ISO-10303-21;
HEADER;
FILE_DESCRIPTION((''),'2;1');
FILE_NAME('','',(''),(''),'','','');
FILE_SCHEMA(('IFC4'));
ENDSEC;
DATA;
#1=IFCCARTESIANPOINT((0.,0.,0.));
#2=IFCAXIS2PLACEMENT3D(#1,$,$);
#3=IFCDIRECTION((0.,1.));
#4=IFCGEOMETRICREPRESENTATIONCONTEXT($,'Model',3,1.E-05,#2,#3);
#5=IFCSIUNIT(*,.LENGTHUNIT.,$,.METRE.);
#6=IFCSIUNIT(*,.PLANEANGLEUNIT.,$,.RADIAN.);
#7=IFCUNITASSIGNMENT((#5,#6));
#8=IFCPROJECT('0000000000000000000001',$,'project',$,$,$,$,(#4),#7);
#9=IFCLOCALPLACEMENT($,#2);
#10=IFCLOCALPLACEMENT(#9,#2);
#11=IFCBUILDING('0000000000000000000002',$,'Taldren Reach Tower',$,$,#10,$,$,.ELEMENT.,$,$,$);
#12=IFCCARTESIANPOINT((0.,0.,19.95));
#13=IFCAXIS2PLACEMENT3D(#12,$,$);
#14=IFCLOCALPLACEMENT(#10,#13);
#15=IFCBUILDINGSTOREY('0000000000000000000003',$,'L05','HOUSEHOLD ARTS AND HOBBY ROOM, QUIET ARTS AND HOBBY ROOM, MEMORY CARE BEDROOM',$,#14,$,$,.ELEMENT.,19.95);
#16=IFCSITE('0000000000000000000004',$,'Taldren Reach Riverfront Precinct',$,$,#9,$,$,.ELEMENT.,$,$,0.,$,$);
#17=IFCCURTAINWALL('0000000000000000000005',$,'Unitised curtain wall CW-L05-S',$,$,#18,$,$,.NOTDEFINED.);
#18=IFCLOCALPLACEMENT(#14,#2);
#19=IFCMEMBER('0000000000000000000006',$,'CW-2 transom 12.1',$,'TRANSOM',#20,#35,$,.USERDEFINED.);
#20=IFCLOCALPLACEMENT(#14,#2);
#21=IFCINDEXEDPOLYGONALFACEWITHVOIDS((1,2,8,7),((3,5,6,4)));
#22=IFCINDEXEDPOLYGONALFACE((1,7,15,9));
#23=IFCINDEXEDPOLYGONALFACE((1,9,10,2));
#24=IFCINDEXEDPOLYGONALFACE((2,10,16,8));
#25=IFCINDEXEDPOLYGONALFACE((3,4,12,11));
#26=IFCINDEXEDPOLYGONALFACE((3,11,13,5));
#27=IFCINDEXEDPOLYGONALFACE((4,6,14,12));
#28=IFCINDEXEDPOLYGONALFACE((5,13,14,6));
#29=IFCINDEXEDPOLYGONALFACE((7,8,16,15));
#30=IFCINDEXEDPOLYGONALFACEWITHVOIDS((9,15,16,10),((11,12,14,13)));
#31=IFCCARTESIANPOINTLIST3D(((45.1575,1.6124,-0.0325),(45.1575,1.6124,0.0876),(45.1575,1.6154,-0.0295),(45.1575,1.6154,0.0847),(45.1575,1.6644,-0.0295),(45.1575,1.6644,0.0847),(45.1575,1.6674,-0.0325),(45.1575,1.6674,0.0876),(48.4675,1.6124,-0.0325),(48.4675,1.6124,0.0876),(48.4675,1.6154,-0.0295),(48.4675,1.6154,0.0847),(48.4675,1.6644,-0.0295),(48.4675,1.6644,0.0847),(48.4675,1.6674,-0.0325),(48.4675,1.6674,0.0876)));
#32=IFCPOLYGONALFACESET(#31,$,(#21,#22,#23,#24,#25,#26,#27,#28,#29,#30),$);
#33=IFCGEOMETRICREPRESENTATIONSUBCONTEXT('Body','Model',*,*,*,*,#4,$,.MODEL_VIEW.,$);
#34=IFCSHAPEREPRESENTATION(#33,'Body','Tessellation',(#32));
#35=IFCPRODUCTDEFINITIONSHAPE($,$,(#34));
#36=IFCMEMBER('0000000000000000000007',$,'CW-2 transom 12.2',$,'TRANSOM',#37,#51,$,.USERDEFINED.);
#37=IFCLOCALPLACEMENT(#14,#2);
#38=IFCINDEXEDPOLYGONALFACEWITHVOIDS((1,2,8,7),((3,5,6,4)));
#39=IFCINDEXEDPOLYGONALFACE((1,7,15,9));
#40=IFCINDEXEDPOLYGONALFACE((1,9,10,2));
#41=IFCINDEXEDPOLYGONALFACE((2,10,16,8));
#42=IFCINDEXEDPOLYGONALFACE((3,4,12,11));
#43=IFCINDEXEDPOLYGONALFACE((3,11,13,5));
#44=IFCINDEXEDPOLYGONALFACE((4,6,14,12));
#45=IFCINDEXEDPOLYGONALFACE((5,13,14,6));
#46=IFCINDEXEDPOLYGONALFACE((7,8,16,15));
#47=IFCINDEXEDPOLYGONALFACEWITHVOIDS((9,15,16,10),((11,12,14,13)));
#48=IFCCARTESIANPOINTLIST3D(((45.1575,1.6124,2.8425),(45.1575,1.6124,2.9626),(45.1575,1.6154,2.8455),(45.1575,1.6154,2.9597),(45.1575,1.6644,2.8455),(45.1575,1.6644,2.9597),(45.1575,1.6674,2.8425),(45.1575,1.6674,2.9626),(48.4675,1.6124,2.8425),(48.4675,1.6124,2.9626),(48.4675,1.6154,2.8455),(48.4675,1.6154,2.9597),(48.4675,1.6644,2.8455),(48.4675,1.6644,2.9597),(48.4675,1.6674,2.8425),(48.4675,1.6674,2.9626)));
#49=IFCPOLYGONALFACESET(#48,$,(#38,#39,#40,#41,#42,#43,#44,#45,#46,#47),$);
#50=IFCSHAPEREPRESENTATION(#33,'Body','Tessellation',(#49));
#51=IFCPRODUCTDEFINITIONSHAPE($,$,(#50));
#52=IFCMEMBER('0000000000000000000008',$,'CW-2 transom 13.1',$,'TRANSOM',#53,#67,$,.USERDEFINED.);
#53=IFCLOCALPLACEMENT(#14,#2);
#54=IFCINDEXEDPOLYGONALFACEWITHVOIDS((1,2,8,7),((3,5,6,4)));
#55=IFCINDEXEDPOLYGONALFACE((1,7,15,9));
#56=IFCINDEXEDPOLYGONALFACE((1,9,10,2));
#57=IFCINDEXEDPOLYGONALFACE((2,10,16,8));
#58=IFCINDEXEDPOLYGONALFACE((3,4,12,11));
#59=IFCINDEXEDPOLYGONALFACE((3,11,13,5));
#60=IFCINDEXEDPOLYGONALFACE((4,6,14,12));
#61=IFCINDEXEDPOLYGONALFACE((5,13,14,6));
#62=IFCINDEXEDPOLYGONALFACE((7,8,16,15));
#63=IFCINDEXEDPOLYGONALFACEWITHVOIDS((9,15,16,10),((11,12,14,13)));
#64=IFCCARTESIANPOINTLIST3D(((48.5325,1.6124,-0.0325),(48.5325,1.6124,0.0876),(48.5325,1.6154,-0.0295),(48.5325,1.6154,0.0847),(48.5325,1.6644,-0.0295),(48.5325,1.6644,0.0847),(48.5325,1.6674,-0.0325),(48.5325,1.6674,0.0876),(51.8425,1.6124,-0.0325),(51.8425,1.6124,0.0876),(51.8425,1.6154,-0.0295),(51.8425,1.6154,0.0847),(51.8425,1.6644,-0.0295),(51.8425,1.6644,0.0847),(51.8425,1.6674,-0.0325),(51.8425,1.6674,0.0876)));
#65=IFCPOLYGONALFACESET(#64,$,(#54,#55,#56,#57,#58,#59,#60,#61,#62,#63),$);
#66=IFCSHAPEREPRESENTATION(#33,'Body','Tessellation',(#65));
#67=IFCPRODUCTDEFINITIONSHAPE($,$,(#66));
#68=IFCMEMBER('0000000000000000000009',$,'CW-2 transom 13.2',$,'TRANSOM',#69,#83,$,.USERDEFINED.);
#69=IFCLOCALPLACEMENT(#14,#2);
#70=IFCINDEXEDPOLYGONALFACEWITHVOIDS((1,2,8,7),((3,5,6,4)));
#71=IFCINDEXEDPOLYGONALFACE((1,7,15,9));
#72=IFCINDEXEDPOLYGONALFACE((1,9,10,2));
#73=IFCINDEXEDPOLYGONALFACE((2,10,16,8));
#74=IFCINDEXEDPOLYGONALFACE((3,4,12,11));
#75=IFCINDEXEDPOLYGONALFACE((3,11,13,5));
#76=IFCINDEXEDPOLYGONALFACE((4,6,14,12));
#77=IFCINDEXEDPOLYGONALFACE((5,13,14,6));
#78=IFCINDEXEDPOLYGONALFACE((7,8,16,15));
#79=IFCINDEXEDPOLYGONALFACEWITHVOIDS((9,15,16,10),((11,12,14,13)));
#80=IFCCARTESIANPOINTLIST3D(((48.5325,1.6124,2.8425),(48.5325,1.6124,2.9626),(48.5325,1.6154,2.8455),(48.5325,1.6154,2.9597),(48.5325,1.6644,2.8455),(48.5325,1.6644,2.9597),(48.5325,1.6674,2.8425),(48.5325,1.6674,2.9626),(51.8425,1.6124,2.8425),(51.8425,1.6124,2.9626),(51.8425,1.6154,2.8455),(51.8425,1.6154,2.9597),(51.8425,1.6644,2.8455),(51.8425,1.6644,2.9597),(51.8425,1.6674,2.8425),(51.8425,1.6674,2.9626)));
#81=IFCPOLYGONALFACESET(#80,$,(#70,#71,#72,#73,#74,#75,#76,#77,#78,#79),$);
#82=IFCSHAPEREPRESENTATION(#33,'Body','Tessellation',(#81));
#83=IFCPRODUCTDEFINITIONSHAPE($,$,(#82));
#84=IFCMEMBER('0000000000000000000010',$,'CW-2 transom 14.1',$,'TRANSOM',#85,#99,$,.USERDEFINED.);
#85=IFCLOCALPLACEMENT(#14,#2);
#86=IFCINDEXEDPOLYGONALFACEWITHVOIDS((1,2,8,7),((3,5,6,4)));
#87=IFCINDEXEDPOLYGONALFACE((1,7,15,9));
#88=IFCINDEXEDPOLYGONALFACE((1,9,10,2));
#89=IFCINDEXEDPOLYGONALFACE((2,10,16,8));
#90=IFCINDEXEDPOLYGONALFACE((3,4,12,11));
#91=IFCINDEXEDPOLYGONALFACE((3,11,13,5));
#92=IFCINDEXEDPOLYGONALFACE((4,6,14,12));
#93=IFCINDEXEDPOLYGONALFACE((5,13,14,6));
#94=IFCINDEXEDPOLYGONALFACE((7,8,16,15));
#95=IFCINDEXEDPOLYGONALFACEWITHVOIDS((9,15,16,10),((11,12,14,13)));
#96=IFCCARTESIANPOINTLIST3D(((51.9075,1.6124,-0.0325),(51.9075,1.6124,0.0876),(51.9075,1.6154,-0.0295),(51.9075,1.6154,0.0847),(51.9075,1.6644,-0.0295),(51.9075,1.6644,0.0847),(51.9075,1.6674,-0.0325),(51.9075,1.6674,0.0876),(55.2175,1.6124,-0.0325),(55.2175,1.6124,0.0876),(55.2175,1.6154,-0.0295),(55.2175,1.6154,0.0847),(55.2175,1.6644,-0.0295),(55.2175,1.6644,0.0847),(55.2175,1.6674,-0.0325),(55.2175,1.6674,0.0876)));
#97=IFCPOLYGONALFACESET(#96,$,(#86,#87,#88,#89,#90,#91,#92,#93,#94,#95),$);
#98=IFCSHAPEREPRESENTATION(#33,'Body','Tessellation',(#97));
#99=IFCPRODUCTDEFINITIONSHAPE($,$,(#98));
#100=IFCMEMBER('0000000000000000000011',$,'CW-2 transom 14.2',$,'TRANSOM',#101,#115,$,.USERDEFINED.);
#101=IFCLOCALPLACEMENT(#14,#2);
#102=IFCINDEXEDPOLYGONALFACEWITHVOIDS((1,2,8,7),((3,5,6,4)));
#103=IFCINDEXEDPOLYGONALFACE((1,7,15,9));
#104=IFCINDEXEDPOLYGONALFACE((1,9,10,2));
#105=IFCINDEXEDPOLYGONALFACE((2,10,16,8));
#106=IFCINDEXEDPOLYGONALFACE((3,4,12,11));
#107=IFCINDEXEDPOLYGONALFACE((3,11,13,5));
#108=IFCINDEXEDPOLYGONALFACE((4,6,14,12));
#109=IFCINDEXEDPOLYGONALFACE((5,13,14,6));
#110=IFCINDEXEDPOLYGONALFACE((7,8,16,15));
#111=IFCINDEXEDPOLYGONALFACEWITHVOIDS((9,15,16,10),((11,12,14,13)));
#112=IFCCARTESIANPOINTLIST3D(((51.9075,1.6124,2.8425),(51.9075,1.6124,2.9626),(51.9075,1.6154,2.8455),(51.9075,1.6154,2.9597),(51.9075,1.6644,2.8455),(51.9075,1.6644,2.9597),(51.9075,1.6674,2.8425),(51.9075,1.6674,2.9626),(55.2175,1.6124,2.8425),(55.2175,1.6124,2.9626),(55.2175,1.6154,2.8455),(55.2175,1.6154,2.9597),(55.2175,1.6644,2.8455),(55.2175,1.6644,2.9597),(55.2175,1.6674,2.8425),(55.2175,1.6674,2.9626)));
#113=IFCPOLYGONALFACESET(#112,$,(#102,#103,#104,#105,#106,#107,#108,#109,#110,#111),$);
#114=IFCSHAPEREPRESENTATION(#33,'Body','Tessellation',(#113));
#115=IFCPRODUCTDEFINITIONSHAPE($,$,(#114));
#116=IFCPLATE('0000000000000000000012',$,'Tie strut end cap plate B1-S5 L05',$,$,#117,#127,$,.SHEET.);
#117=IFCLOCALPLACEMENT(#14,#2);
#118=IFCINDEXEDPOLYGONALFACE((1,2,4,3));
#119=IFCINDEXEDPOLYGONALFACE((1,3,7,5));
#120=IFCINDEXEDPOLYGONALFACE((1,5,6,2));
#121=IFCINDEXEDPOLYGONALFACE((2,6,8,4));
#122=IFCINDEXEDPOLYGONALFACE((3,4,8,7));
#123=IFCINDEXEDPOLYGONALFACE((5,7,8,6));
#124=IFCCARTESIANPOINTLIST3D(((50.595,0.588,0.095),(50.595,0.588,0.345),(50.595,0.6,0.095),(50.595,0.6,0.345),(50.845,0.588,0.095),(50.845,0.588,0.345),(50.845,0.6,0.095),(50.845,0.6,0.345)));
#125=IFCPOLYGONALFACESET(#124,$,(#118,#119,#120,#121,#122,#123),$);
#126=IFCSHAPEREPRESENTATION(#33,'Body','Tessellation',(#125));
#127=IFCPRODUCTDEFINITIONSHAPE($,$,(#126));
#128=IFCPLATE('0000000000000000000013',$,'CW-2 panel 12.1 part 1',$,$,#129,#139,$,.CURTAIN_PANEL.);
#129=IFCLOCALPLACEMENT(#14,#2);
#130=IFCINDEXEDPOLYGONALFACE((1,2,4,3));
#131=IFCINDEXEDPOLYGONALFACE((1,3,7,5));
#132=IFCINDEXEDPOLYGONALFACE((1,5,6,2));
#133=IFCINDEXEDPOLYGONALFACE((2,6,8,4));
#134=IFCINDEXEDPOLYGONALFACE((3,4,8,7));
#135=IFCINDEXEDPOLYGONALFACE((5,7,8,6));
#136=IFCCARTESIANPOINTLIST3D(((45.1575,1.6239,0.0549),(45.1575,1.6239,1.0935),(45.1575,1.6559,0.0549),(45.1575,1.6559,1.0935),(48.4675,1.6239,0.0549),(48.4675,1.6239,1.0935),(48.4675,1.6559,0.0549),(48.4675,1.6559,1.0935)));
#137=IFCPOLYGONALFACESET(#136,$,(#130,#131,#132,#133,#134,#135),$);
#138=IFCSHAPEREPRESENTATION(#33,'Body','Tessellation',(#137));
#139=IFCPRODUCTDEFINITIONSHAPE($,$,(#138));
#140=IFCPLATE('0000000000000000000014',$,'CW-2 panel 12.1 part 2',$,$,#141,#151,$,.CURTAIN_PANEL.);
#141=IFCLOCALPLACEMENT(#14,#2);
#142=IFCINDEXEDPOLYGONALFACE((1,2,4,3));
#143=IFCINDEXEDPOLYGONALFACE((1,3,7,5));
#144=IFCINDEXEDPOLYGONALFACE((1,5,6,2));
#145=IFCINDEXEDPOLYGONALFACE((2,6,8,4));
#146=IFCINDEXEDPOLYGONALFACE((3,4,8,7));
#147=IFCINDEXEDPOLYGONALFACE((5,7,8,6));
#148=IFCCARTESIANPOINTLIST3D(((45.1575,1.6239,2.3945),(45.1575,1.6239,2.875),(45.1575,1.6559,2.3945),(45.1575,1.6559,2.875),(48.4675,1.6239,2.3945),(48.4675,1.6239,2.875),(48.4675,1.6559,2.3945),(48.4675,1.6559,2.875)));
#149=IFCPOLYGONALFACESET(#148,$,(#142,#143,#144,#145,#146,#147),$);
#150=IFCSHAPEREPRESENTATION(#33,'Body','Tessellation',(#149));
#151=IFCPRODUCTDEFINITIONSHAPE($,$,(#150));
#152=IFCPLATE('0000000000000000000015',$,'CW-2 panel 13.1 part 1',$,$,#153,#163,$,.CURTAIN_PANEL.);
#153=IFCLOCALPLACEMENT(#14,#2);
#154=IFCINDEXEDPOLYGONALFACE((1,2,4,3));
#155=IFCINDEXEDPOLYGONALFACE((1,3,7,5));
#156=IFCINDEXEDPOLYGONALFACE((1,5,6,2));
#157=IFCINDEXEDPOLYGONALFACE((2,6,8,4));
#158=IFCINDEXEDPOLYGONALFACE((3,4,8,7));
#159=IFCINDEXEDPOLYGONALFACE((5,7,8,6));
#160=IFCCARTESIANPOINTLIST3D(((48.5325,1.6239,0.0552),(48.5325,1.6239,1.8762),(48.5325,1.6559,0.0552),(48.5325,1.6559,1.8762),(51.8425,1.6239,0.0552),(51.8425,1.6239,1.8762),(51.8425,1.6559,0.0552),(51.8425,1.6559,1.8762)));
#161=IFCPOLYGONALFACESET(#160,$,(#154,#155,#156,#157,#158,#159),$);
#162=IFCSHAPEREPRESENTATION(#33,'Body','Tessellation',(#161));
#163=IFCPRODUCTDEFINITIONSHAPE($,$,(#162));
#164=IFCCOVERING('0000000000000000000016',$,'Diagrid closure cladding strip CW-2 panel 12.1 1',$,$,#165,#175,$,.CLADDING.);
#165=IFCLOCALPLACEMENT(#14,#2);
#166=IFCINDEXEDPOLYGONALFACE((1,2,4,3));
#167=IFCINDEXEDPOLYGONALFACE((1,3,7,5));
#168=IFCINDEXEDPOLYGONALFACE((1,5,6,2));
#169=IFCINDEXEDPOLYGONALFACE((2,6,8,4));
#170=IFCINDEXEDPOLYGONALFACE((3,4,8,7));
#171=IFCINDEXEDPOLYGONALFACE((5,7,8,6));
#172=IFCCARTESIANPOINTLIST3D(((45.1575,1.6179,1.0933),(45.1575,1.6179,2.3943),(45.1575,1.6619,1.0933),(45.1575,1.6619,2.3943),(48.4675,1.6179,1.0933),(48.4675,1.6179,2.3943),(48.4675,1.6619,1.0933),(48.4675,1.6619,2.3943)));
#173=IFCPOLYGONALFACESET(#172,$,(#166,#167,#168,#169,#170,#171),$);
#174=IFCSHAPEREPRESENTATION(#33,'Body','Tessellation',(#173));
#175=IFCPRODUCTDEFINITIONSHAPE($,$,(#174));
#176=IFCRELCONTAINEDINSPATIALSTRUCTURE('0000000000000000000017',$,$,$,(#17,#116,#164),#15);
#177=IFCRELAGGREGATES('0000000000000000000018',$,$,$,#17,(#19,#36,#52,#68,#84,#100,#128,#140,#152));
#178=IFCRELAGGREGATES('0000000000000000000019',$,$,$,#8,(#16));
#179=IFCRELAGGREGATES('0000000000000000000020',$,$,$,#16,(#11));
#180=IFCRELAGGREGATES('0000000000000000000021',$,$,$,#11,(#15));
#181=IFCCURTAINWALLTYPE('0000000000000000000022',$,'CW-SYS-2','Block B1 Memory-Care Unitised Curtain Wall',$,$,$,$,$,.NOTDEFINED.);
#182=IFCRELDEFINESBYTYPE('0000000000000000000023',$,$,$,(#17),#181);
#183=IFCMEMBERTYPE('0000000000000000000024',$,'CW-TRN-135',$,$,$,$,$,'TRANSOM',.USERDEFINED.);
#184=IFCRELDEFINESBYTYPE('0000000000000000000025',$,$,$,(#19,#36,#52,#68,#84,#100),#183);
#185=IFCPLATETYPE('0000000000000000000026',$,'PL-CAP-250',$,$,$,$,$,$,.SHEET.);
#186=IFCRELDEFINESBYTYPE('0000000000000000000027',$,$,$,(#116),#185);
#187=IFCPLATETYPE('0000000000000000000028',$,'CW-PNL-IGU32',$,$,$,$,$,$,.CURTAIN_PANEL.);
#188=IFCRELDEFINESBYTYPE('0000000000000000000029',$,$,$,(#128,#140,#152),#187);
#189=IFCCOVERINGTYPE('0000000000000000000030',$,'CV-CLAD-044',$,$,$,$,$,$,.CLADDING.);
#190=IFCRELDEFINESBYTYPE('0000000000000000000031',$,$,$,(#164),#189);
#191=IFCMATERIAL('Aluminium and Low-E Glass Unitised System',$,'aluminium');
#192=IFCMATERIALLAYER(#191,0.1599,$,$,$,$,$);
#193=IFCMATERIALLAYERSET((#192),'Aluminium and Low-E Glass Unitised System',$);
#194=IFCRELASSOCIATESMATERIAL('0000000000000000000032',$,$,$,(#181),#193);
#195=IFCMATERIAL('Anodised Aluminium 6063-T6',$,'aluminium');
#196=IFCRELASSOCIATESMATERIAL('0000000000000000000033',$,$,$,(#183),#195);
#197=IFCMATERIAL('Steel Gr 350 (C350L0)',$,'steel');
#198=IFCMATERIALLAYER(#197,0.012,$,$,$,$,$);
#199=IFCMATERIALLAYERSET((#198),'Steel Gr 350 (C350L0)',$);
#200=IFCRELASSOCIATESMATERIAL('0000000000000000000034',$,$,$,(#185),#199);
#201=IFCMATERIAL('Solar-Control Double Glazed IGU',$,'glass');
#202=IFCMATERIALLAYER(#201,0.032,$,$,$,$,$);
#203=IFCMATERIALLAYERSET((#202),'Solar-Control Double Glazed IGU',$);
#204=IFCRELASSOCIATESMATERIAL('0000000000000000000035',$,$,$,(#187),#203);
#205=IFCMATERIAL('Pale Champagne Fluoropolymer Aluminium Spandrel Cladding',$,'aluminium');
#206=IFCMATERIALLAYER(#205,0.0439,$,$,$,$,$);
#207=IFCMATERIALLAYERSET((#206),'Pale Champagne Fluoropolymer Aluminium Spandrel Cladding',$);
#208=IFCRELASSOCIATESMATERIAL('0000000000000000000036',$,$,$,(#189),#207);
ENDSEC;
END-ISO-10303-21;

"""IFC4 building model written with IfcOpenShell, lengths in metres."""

from ifc_helpers import new_model, si_unit, direction, frame, origin, origin_2d, place, context, subcontext, project, spatial, rectangle, hollow_rectangle, extrude, source, transform, mapped, material, layer, layer_set, material_profile, profile_set, type_object, element, aggregate, save


model = new_model("IFC4")

# Units and contexts
model_context = context("Model", 3, precision=1e-05, world=origin(), true_north=direction((0.0, 1.0)))
body_context = subcontext(model_context, "Body", "Model", "MODEL_VIEW")
ifc_project = project(units=[si_unit("LENGTHUNIT", "METRE"), si_unit("PLANEANGLEUNIT", "RADIAN")], contexts=[model_context])

# Site, building, storey
site_placement = place(None, origin())
site = spatial("IfcSite", under=ifc_project, at=site_placement, Name="Taldren Reach Riverfront Precinct", CompositionType="ELEMENT", RefElevation=0.0)
building_placement = place(site_placement, origin())
building = spatial("IfcBuilding", under=site, at=building_placement, Name="Taldren Reach Tower", CompositionType="ELEMENT")
storey_placement = place(building_placement, frame((0.0, 0.0, 19.95)))
storey = spatial("IfcBuildingStorey", under=building, at=storey_placement, Name="L05", Description="HOUSEHOLD ARTS AND HOBBY ROOM, QUIET ARTS AND HOBBY ROOM, MEMORY CARE BEDROOM", CompositionType="ELEMENT", Elevation=19.95)

# Shared definitions
ifc_material_1 = material(Name="Steel Gr 350 (C350L0)", Category="steel")

# Curtain wall, members
ifc_material_2 = material(Name="Aluminium and Low-E Glass Unitised System", Category="aluminium")
ifc_layer_1 = layer(ifc_material_2, 0.1599)
ifc_layer_set_1 = layer_set([ifc_layer_1], Name="Aluminium and Low-E Glass Unitised System")
curtain_wall_type = type_object("IfcCurtainWallType", Name="CW-SYS-2", Description="Block B1 Memory-Care Unitised Curtain Wall", PredefinedType="NOTDEFINED", material=ifc_layer_set_1)
curtain_wall_placement = place(storey_placement, origin())
curtain_wall = element("IfcCurtainWall", 1, at=curtain_wall_placement, inside=storey, type_object=curtain_wall_type, Name="Unitised curtain wall CW-L05-S", PredefinedType="NOTDEFINED")
ifc_material_3 = material(Name="Anodised Aluminium 6063-T6", Category="aluminium")
ifc_material_profile_1 = material_profile(ifc_material_3, hollow_rectangle(XDim=0.0549, YDim=0.1201, WallThickness=0.0029, at=origin_2d()), Name="ALU-120x55x3RHS")
ifc_profile_set_1 = profile_set([ifc_material_profile_1], Name="Anodised Aluminium 6063-T6")
member_type_1 = type_object("IfcMemberType", Name="CW-TRN-135", ElementType="TRANSOM", PredefinedType="USERDEFINED", material=ifc_profile_set_1)
shared_shape_1 = source(origin(), body_context, "Body", "SweptSolid", [
    extrude(hollow_rectangle(XDim=0.0549, YDim=0.1201, WallThickness=0.0029, at=origin_2d()), origin(), (0.0, 0.0, 1.0), 3.3101),
])
member_1_placement = place(storey_placement, frame((45.1575, 1.6399, 0.0276), z_axis=(1.0, 0.0, 0.0), x_axis=(0.0, 1.0, 0.0)))
member_1 = element("IfcMember", 2, at=member_1_placement, type_object=member_type_1, Name="CW-2 transom 12.1", ObjectType="TRANSOM", PredefinedType="USERDEFINED", context=body_context, shape_type="MappedRepresentation", body=[
    mapped(shared_shape_1, transform((0.0, 0.0, 0.0), scale=1.0)),
])
member_2_placement = place(storey_placement, frame((45.1575, 1.6399, 2.9026), z_axis=(1.0, 0.0, 0.0), x_axis=(0.0, 1.0, 0.0)))
member_2 = element("IfcMember", 3, at=member_2_placement, type_object=member_type_1, Name="CW-2 transom 12.2", ObjectType="TRANSOM", PredefinedType="USERDEFINED", context=body_context, shape_type="MappedRepresentation", body=[
    mapped(shared_shape_1, transform((0.0, 0.0, 0.0), scale=1.0)),
])
member_3_placement = place(storey_placement, frame((48.5325, 1.6399, 0.0276), z_axis=(1.0, 0.0, 0.0), x_axis=(0.0, 1.0, 0.0)))
member_3 = element("IfcMember", 4, at=member_3_placement, type_object=member_type_1, Name="CW-2 transom 13.1", ObjectType="TRANSOM", PredefinedType="USERDEFINED", context=body_context, shape_type="MappedRepresentation", body=[
    mapped(shared_shape_1, transform((0.0, 0.0, 0.0), scale=1.0)),
])
member_4_placement = place(storey_placement, frame((48.5325, 1.6399, 2.9026), z_axis=(1.0, 0.0, 0.0), x_axis=(0.0, 1.0, 0.0)))
member_4 = element("IfcMember", 5, at=member_4_placement, type_object=member_type_1, Name="CW-2 transom 13.2", ObjectType="TRANSOM", PredefinedType="USERDEFINED", context=body_context, shape_type="MappedRepresentation", body=[
    mapped(shared_shape_1, transform((0.0, 0.0, 0.0), scale=1.0)),
])
member_5_placement = place(storey_placement, frame((51.9075, 1.6399, 0.0276), z_axis=(1.0, 0.0, 0.0), x_axis=(0.0, 1.0, 0.0)))
member_5 = element("IfcMember", 6, at=member_5_placement, type_object=member_type_1, Name="CW-2 transom 14.1", ObjectType="TRANSOM", PredefinedType="USERDEFINED", context=body_context, shape_type="MappedRepresentation", body=[
    mapped(shared_shape_1, transform((0.0, 0.0, 0.0), scale=1.0)),
])
member_6_placement = place(storey_placement, frame((51.9075, 1.6399, 2.9026), z_axis=(1.0, 0.0, 0.0), x_axis=(0.0, 1.0, 0.0)))
member_6 = element("IfcMember", 7, at=member_6_placement, type_object=member_type_1, Name="CW-2 transom 14.2", ObjectType="TRANSOM", PredefinedType="USERDEFINED", context=body_context, shape_type="MappedRepresentation", body=[
    mapped(shared_shape_1, transform((0.0, 0.0, 0.0), scale=1.0)),
])

# Plates
ifc_layer_2 = layer(ifc_material_1, 0.012)
ifc_layer_set_2 = layer_set([ifc_layer_2], Name="Steel Gr 350 (C350L0)")
plate_type_1 = type_object("IfcPlateType", Name="PL-CAP-250", PredefinedType="SHEET", material=ifc_layer_set_2)
shared_shape_2 = source(origin(), body_context, "Body", "SweptSolid", [
    extrude(rectangle(XDim=0.25, YDim=0.012, at=origin_2d()), origin(), (0.0, 0.0, 1.0), 0.25),
])
plate_1_placement = place(storey_placement, frame((50.72, 0.594, 0.095), z_axis=(0.0, 0.0, 1.0), x_axis=(1.0, 0.0, 0.0)))
element("IfcPlate", 8, at=plate_1_placement, inside=storey, type_object=plate_type_1, Name="Tie strut end cap plate B1-S5 L05", PredefinedType="SHEET", context=body_context, shape_type="MappedRepresentation", body=[
    mapped(shared_shape_2, transform((0.0, 0.0, 0.0), scale=1.0)),
])
ifc_material_4 = material(Name="Solar-Control Double Glazed IGU", Category="glass")
ifc_layer_3 = layer(ifc_material_4, 0.032)
ifc_layer_set_3 = layer_set([ifc_layer_3], Name="Solar-Control Double Glazed IGU")
plate_type_2 = type_object("IfcPlateType", Name="CW-PNL-IGU32", PredefinedType="CURTAIN_PANEL", material=ifc_layer_set_3)
shared_shape_3 = source(origin(), body_context, "Body", "SweptSolid", [
    extrude(rectangle(XDim=3.3101, YDim=0.032, at=origin_2d()), origin(), (0.0, 0.0, 1.0), 1.0386),
])
plate_2_placement = place(storey_placement, frame((46.8125, 1.6399, 0.0549), z_axis=(0.0, 0.0, 1.0), x_axis=(1.0, 0.0, 0.0)))
plate_2 = element("IfcPlate", 9, at=plate_2_placement, type_object=plate_type_2, Name="CW-2 panel 12.1 part 1", PredefinedType="CURTAIN_PANEL", context=body_context, shape_type="MappedRepresentation", body=[
    mapped(shared_shape_3, transform((0.0, 0.0, 0.0), scale=1.0)),
])
shared_shape_4 = source(origin(), body_context, "Body", "SweptSolid", [
    extrude(rectangle(XDim=3.3101, YDim=0.032, at=origin_2d()), origin(), (0.0, 0.0, 1.0), 0.4805),
])
plate_3_placement = place(storey_placement, frame((46.8125, 1.6399, 2.3945), z_axis=(0.0, 0.0, 1.0), x_axis=(1.0, 0.0, 0.0)))
plate_3 = element("IfcPlate", 10, at=plate_3_placement, type_object=plate_type_2, Name="CW-2 panel 12.1 part 2", PredefinedType="CURTAIN_PANEL", context=body_context, shape_type="MappedRepresentation", body=[
    mapped(shared_shape_4, transform((0.0, 0.0, 0.0), scale=1.0)),
])
shared_shape_5 = source(origin(), body_context, "Body", "SweptSolid", [
    extrude(rectangle(XDim=3.3101, YDim=0.032, at=origin_2d()), origin(), (0.0, 0.0, 1.0), 1.821),
])
plate_4_placement = place(storey_placement, frame((50.1875, 1.6399, 0.0552), z_axis=(0.0, 0.0, 1.0), x_axis=(1.0, 0.0, 0.0)))
plate_4 = element("IfcPlate", 11, at=plate_4_placement, type_object=plate_type_2, Name="CW-2 panel 13.1 part 1", PredefinedType="CURTAIN_PANEL", context=body_context, shape_type="MappedRepresentation", body=[
    mapped(shared_shape_5, transform((0.0, 0.0, 0.0), scale=1.0)),
])
aggregate(curtain_wall, [member_1, member_2, member_3, member_4, member_5, member_6, plate_2, plate_3, plate_4])

# Covering
ifc_material_5 = material(Name="Pale Champagne Fluoropolymer Aluminium Spandrel Cladding", Category="aluminium")
ifc_layer_4 = layer(ifc_material_5, 0.0439)
ifc_layer_set_4 = layer_set([ifc_layer_4], Name="Pale Champagne Fluoropolymer Aluminium Spandrel Cladding")
covering_type = type_object("IfcCoveringType", Name="CV-CLAD-044", PredefinedType="CLADDING", material=ifc_layer_set_4)
shared_shape_6 = source(origin(), body_context, "Body", "SweptSolid", [
    extrude(rectangle(XDim=3.3101, YDim=0.0439, at=origin_2d()), origin(), (0.0, 0.0, 1.0), 1.301),
])
covering_1_placement = place(storey_placement, frame((46.8125, 1.6399, 1.0933), z_axis=(0.0, 0.0, 1.0), x_axis=(1.0, 0.0, 0.0)))
element("IfcCovering", 12, at=covering_1_placement, inside=storey, type_object=covering_type, Name="Diagrid closure cladding strip CW-2 panel 12.1 1", PredefinedType="CLADDING", context=body_context, shape_type="MappedRepresentation", body=[
    mapped(shared_shape_6, transform((0.0, 0.0, 0.0), scale=1.0)),
])

save(model, "model.ifc")
